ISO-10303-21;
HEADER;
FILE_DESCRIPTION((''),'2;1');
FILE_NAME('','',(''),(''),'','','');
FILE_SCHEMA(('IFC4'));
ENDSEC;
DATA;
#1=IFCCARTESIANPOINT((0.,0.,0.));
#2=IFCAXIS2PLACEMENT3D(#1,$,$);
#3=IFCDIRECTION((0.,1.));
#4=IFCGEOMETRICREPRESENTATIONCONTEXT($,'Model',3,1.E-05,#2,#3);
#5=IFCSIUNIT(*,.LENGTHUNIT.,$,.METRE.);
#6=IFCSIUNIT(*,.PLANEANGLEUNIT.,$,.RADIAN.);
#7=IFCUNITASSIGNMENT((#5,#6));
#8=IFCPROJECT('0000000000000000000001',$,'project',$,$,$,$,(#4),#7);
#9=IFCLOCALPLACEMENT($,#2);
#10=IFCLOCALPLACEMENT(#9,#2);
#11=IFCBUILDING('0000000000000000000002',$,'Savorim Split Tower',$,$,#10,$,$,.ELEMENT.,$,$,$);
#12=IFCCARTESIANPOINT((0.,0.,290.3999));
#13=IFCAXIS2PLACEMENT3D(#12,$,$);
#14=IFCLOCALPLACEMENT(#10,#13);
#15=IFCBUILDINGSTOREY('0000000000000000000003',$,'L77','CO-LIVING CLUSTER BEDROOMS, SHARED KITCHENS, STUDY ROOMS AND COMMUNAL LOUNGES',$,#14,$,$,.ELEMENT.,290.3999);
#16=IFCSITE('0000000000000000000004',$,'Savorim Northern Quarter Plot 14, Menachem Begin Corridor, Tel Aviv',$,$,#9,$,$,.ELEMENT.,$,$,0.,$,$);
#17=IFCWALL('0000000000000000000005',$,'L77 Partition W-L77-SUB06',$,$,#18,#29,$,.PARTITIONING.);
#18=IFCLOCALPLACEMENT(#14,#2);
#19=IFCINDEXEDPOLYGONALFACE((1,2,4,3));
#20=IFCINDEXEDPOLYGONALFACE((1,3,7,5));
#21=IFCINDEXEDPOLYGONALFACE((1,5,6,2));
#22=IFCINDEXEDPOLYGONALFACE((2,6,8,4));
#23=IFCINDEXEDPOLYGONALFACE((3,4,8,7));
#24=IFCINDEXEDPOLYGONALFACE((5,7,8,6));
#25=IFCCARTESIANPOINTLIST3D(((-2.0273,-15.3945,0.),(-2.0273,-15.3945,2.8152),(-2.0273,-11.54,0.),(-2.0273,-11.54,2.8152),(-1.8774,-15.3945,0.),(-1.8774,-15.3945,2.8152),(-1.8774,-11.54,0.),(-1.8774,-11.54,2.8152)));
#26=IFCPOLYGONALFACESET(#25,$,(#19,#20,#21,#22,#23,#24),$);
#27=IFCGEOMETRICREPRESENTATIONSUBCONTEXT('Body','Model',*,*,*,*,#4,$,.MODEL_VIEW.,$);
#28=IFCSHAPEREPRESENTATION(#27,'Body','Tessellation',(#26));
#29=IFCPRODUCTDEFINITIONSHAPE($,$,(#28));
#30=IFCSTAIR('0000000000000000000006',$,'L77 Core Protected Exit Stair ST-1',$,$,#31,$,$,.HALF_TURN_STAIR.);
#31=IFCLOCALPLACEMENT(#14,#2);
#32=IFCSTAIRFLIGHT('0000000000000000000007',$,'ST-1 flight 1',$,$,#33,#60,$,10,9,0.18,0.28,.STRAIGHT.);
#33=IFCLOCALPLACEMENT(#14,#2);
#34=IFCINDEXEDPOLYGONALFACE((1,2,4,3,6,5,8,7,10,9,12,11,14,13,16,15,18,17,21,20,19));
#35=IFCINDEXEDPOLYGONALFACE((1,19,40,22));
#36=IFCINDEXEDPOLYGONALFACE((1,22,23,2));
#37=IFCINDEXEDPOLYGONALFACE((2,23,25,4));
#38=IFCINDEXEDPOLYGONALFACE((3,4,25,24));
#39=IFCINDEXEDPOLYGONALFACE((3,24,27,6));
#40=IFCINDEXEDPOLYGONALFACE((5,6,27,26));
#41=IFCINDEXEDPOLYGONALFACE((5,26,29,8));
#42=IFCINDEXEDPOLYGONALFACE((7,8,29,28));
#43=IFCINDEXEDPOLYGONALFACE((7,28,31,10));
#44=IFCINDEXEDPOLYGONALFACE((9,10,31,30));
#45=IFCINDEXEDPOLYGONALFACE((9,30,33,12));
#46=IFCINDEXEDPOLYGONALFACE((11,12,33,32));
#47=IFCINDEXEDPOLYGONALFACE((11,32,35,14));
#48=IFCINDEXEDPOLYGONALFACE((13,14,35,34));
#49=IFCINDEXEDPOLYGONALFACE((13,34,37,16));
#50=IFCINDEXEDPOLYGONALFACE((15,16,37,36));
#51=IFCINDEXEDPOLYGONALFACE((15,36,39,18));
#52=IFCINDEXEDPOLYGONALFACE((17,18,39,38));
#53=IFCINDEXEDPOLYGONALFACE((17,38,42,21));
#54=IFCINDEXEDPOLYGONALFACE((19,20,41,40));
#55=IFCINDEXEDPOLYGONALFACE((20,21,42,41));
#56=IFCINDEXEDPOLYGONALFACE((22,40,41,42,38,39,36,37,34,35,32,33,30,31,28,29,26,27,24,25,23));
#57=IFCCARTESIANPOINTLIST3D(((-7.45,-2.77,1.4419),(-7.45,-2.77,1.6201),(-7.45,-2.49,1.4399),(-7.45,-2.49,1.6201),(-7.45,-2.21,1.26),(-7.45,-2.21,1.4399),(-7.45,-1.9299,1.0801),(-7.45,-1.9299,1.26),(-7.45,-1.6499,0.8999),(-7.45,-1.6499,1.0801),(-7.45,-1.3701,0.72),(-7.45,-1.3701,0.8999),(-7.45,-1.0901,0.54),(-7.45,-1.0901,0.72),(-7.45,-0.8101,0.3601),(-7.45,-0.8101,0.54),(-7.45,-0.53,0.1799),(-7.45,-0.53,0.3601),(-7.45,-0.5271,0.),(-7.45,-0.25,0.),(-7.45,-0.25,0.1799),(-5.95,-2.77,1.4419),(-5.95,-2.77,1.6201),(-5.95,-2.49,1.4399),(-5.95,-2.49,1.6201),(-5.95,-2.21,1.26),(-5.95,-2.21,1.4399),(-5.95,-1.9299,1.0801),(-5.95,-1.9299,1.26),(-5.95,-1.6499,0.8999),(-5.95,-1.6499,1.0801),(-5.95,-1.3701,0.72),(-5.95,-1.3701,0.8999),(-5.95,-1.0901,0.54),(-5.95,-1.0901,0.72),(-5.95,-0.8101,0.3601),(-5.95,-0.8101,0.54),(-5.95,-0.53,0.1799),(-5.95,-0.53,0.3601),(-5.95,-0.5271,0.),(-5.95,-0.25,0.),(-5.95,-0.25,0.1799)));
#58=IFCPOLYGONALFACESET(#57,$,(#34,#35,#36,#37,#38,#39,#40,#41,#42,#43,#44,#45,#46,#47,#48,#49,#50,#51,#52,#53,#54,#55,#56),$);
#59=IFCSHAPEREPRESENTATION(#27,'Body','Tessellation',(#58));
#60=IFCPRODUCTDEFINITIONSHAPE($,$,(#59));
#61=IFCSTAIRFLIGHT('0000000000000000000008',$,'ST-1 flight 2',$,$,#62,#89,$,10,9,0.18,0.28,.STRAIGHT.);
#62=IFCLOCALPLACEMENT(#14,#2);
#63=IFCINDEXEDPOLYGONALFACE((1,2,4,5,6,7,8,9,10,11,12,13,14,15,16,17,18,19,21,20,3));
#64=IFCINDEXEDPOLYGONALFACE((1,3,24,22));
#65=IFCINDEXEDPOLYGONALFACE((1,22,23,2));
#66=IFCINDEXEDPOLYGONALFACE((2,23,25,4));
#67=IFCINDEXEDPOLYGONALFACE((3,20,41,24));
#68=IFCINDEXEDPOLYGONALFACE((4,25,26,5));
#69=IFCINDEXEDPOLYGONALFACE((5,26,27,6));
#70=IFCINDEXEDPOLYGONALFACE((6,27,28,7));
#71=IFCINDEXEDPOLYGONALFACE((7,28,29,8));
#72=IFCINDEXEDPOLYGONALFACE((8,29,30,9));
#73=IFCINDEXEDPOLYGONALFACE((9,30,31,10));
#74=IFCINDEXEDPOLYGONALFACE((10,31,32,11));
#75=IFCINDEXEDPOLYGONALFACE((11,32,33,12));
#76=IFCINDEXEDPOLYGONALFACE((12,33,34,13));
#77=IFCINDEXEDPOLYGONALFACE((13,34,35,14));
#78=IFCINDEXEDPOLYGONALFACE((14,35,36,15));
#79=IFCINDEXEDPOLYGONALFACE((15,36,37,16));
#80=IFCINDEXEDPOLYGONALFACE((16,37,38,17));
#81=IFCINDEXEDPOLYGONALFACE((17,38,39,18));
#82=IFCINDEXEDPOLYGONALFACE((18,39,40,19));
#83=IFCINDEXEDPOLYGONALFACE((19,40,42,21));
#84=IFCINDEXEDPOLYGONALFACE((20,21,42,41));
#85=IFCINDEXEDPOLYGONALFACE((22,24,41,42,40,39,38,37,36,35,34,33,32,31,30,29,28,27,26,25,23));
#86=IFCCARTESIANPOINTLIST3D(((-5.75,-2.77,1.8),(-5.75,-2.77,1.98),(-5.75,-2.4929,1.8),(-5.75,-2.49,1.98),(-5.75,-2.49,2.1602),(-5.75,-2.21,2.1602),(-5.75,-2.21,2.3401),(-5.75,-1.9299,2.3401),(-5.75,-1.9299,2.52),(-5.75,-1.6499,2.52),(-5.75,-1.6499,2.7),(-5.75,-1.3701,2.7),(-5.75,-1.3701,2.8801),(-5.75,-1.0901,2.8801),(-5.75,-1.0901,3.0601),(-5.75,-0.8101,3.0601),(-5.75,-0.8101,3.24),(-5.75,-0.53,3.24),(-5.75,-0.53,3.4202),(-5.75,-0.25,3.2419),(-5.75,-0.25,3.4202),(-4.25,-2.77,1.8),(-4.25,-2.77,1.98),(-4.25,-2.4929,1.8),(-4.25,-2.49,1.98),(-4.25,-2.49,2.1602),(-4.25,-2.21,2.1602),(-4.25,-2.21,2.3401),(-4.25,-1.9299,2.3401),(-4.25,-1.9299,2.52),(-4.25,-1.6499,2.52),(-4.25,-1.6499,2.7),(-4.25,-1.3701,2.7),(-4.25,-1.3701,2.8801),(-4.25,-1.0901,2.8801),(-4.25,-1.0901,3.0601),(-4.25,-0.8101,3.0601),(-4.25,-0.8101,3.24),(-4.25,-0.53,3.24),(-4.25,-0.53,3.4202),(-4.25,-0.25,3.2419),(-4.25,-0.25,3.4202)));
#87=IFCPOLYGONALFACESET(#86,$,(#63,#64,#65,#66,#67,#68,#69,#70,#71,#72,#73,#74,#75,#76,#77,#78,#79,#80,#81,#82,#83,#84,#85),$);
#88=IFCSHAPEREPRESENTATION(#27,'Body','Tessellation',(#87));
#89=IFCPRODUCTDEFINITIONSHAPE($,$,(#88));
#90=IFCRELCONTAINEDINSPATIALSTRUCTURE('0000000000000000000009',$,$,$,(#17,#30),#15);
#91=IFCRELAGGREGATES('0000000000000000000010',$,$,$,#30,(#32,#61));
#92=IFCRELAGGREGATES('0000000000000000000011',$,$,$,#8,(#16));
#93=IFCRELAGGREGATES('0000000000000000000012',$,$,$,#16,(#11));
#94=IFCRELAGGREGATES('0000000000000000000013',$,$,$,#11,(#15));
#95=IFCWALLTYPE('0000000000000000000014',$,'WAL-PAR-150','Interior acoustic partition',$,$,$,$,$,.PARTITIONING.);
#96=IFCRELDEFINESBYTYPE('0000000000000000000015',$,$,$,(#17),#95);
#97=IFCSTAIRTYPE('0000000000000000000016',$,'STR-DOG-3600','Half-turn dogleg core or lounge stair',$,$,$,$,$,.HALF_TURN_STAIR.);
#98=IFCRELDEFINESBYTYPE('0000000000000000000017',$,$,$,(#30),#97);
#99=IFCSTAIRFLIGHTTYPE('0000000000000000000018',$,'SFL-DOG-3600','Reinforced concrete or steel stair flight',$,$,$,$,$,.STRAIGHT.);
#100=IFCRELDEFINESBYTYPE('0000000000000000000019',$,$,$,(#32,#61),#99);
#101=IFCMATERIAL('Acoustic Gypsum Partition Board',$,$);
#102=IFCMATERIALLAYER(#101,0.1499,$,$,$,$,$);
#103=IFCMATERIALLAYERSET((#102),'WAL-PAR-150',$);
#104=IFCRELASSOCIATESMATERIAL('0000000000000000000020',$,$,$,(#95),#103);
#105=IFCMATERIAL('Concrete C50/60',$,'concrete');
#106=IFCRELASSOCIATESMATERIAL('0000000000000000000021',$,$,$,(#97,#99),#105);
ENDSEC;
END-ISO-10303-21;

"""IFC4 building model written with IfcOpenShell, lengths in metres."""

from ifc_helpers import new_model, si_unit, direction, frame, frame_2d, origin, place, context, subcontext, project, spatial, polyline, rectangle, outline, extrude, material, layer, layer_set, type_object, element, aggregate, save


model = new_model("IFC4")

# Units and contexts
model_context = context("Model", 3, precision=1e-05, world=origin(), true_north=direction((0.0, 1.0)))
body_context = subcontext(model_context, "Body", "Model", "MODEL_VIEW")
ifc_project = project(units=[si_unit("LENGTHUNIT", "METRE"), si_unit("PLANEANGLEUNIT", "RADIAN")], contexts=[model_context])

# Site, building, storey
site_placement = place(None, origin())
site = spatial("IfcSite", under=ifc_project, at=site_placement, Name="Savorim Northern Quarter Plot 14, Menachem Begin Corridor, Tel Aviv", CompositionType="ELEMENT", RefElevation=0.0)
building_placement = place(site_placement, origin())
building = spatial("IfcBuilding", under=site, at=building_placement, Name="Savorim Split Tower", CompositionType="ELEMENT")
storey_placement = place(building_placement, frame((0.0, 0.0, 290.3999)))
storey = spatial("IfcBuildingStorey", under=building, at=storey_placement, Name="L77", Description="CO-LIVING CLUSTER BEDROOMS, SHARED KITCHENS, STUDY ROOMS AND COMMUNAL LOUNGES", CompositionType="ELEMENT", Elevation=290.3999)

# Shared definitions
ifc_material_1 = material(Name="Concrete C50/60", Category="concrete")

# Shared definitions
ifc_material_2 = material(Name="Acoustic Gypsum Partition Board")
ifc_layer_1 = layer(ifc_material_2, 0.1499)
ifc_layer_set_1 = layer_set([ifc_layer_1], Name="WAL-PAR-150")
wall_type_1 = type_object("IfcWallType", Name="WAL-PAR-150", Description="Interior acoustic partition", PredefinedType="PARTITIONING", material=ifc_layer_set_1)

# Wall
wall_1_placement = place(storey_placement, frame((-1.9524, -11.54, 0.0), z_axis=(0.0, 0.0, 1.0), x_axis=(0.0, -1.0, 0.0)))
element("IfcWall", 1, at=wall_1_placement, inside=storey, type_object=wall_type_1, Name="L77 Partition W-L77-SUB06", PredefinedType="PARTITIONING", context=body_context, shape_type="SweptSolid", body=[
    extrude(rectangle(XDim=3.8545, YDim=0.1499, at=frame_2d((1.9272, 0.0))), origin(), (0.0, 0.0, 1.0), 2.8152),
])

# Stair, stair flights
stair_type = type_object("IfcStairType", Name="STR-DOG-3600", Description="Half-turn dogleg core or lounge stair", PredefinedType="HALF_TURN_STAIR", material=ifc_material_1)
stair_placement = place(storey_placement, origin())
stair = element("IfcStair", 2, at=stair_placement, inside=storey, type_object=stair_type, Name="L77 Core Protected Exit Stair ST-1", PredefinedType="HALF_TURN_STAIR")
stair_flight_type = type_object("IfcStairFlightType", Name="SFL-DOG-3600", Description="Reinforced concrete or steel stair flight", PredefinedType="STRAIGHT", material=ifc_material_1)
stair_flight_1_placement = place(storey_placement, frame((-6.7, -0.25, 0.0), z_axis=(0.0, 0.0, 1.0), x_axis=(0.0, -1.0, 0.0)))
stair_flight_1 = element("IfcStairFlight", 3, at=stair_flight_1_placement, type_object=stair_flight_type, Name="ST-1 flight 1", NumberOfRisers=10, NumberOfTreads=9, PredefinedType="STRAIGHT", RiserHeight=0.18, TreadLength=0.28, context=body_context, shape_type="SweptSolid", body=[
    extrude(outline(polyline([(0.0, 0.0), (0.0, 0.1799), (0.28, 0.1799), (0.28, 0.3601), (0.5601, 0.3601), (0.5601, 0.54), (0.8401, 0.54), (0.8401, 0.72), (1.1201, 0.72), (1.1201, 0.8999), (1.3999, 0.8999), (1.3999, 1.0801), (1.6799, 1.0801), (1.6799, 1.26), (1.96, 1.26), (1.96, 1.4399), (2.24, 1.4399), (2.24, 1.6201), (2.52, 1.6201), (2.52, 1.8), (2.52, 1.4419), (0.2771, 0.0), (0.0, 0.0)])), frame((0.0, 0.75, 0.0), z_axis=(0.0, -1.0, 0.0), x_axis=(1.0, 0.0, 0.0)), (0.0, 0.0, 1.0), 1.5),
])
stair_flight_2_placement = place(storey_placement, frame((-5.0, -2.77, 1.8), z_axis=(0.0, 0.0, 1.0), x_axis=(0.0, 1.0, 0.0)))
stair_flight_2 = element("IfcStairFlight", 4, at=stair_flight_2_placement, type_object=stair_flight_type, Name="ST-1 flight 2", NumberOfRisers=10, NumberOfTreads=9, PredefinedType="STRAIGHT", RiserHeight=0.18, TreadLength=0.28, context=body_context, shape_type="SweptSolid", body=[
    extrude(outline(polyline([(0.0, 0.0), (0.0, 0.1799), (0.28, 0.1799), (0.28, 0.3601), (0.5601, 0.3601), (0.5601, 0.54), (0.8401, 0.54), (0.8401, 0.72), (1.1201, 0.72), (1.1201, 0.8999), (1.3999, 0.8999), (1.3999, 1.0801), (1.6799, 1.0801), (1.6799, 1.26), (1.96, 1.26), (1.96, 1.4399), (2.24, 1.4399), (2.24, 1.6201), (2.52, 1.6201), (2.52, 1.8), (2.52, 1.4419), (0.2771, 0.0), (0.0, 0.0)])), frame((0.0, 0.75, 0.0), z_axis=(0.0, -1.0, 0.0), x_axis=(1.0, 0.0, 0.0)), (0.0, 0.0, 1.0), 1.5),
])
aggregate(stair, [stair_flight_1, stair_flight_2])

save(model, "model.ifc")
